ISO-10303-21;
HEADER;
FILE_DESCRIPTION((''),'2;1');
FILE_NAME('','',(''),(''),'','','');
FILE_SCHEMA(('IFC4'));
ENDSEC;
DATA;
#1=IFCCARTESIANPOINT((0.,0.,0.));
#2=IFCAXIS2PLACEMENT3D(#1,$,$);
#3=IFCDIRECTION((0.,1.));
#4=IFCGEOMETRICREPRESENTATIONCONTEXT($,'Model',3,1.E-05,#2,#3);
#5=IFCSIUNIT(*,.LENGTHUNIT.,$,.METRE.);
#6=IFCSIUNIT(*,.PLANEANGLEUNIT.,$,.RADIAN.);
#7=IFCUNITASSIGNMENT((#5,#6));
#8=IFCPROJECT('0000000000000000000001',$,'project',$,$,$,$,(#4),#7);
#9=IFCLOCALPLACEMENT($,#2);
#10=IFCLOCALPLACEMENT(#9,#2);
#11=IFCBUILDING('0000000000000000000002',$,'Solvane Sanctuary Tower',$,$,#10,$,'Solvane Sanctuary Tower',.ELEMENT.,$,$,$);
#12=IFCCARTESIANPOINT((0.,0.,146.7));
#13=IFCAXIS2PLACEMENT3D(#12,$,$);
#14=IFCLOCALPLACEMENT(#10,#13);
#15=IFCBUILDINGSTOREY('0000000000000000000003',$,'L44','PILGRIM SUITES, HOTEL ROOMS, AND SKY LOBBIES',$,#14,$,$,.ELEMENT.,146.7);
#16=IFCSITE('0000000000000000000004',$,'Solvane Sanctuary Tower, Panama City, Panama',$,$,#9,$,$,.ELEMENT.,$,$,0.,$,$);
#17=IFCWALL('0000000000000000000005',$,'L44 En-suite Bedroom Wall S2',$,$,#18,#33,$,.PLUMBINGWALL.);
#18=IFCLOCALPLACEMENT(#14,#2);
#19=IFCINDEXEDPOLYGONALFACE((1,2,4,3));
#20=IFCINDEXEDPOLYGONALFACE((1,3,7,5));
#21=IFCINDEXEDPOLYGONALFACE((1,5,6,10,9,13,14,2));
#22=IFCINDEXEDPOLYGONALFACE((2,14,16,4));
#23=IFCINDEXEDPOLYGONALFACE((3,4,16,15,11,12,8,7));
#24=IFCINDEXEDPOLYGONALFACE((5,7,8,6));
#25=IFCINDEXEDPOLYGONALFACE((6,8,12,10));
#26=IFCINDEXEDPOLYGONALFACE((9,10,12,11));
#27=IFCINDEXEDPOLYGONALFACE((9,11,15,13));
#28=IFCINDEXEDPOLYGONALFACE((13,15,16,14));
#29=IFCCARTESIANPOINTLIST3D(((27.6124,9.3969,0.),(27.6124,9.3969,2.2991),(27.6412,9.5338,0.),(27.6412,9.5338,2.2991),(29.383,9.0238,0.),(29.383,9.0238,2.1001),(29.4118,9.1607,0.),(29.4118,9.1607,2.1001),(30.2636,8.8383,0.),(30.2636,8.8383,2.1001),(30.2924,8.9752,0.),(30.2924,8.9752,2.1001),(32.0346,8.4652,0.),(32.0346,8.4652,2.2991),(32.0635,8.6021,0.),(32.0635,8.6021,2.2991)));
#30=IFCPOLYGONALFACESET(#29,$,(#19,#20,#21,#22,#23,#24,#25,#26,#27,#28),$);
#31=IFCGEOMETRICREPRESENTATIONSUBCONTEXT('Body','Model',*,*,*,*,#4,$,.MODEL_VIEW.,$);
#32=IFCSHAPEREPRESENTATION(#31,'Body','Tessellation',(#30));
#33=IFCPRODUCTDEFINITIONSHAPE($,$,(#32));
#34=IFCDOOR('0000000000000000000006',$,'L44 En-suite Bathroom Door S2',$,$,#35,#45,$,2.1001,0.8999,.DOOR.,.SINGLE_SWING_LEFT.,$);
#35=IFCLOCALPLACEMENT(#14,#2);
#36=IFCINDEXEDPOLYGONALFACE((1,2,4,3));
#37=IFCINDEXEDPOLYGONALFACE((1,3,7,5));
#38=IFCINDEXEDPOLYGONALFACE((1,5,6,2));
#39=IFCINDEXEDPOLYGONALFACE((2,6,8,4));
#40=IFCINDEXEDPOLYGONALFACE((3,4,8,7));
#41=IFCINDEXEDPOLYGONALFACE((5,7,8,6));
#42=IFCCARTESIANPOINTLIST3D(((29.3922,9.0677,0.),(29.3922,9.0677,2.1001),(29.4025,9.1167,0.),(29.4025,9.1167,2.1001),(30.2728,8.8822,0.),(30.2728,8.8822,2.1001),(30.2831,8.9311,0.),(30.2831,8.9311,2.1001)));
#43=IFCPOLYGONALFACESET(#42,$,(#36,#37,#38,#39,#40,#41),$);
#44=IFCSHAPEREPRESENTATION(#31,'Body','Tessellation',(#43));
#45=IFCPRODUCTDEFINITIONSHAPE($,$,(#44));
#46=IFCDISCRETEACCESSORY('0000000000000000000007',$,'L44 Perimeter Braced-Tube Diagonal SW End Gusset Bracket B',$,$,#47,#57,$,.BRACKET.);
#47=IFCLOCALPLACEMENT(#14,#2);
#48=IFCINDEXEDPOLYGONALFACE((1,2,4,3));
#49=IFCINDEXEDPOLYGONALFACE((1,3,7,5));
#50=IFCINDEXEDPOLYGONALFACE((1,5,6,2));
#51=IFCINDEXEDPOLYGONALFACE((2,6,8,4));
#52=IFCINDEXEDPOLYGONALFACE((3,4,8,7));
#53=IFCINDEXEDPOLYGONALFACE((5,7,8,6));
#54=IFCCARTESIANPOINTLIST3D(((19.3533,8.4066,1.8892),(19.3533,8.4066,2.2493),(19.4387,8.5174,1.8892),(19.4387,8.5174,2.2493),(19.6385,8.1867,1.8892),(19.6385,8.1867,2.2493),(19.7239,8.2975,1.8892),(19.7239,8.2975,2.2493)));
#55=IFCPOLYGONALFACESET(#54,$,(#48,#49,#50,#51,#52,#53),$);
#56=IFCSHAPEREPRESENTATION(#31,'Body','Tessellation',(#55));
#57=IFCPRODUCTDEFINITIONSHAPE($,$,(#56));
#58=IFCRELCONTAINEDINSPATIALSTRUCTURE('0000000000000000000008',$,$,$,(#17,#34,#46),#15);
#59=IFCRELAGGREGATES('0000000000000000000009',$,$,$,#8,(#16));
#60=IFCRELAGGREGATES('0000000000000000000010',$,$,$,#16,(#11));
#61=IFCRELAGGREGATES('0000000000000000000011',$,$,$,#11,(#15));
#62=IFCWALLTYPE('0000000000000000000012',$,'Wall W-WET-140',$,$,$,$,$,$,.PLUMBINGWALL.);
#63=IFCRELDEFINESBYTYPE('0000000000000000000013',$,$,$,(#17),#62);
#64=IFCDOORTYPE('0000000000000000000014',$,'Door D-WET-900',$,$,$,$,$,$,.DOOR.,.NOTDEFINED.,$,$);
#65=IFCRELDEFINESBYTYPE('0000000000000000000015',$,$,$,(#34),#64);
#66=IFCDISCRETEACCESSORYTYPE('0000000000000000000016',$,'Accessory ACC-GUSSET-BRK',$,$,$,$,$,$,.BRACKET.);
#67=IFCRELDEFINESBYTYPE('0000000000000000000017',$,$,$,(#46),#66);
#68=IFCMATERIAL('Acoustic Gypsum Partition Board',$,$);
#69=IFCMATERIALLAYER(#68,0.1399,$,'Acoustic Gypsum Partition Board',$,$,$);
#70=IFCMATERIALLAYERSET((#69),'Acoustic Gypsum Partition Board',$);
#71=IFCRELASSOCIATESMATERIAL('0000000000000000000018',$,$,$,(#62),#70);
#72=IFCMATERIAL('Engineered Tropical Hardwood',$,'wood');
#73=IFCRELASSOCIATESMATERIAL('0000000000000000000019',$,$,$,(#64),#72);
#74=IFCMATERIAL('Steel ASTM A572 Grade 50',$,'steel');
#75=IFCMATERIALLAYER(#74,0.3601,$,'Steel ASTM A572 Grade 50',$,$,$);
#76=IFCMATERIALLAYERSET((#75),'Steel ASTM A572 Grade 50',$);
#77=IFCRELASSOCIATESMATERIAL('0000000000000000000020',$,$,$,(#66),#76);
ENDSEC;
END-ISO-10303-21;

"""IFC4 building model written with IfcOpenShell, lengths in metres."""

from ifc_helpers import new_model, si_unit, direction, frame, frame_2d, origin, origin_2d, place, context, subcontext, project, spatial, rectangle, extrude, material, layer, layer_set, type_object, element, fill, save


model = new_model("IFC4")

# Units and contexts
model_context = context("Model", 3, precision=1e-05, world=origin(), true_north=direction((0.0, 1.0)))
body_context = subcontext(model_context, "Body", "Model", "MODEL_VIEW")
ifc_project = project(units=[si_unit("LENGTHUNIT", "METRE"), si_unit("PLANEANGLEUNIT", "RADIAN")], contexts=[model_context])

# Site, building, storey
site_placement = place(None, origin())
site = spatial("IfcSite", under=ifc_project, at=site_placement, Name="Solvane Sanctuary Tower, Panama City, Panama", CompositionType="ELEMENT", RefElevation=0.0)
building_placement = place(site_placement, origin())
building = spatial("IfcBuilding", under=site, at=building_placement, Name="Solvane Sanctuary Tower", LongName="Solvane Sanctuary Tower", CompositionType="ELEMENT")
storey_placement = place(building_placement, frame((0.0, 0.0, 146.7)))
storey = spatial("IfcBuildingStorey", under=building, at=storey_placement, Name="L44", Description="PILGRIM SUITES, HOTEL ROOMS, AND SKY LOBBIES", CompositionType="ELEMENT", Elevation=146.7)

# Shared definitions
ifc_material_1 = material(Name="Acoustic Gypsum Partition Board")

# Shared definitions
ifc_material_2 = material(Name="Engineered Tropical Hardwood", Category="wood")

# Wall, opening, door
ifc_layer_1 = layer(ifc_material_1, 0.1399, Name="Acoustic Gypsum Partition Board")
ifc_layer_set_1 = layer_set([ifc_layer_1], Name="Acoustic Gypsum Partition Board")
wall_type_1 = type_object("IfcWallType", Name="Wall W-WET-140", PredefinedType="PLUMBINGWALL", material=ifc_layer_set_1)
wall_1_placement = place(storey_placement, frame((27.6267, 9.4653, 0.0), z_axis=(0.0, 0.0, 1.0), x_axis=(0.97852, -0.206152, 0.0)))
wall_1 = element("IfcWall", 1, at=wall_1_placement, inside=storey, type_object=wall_type_1, Name="L44 En-suite Bedroom Wall S2", PredefinedType="PLUMBINGWALL", context=body_context, shape_type="SweptSolid", body=[
    extrude(rectangle(XDim=4.5193, YDim=0.1399, at=frame_2d((2.2598, 0.0))), origin(), (0.0, 0.0, 1.0), 2.2991),
])
opening_1_placement = place(wall_1_placement, frame((1.8096, 0.0, 0.0)))
opening_1 = element("IfcOpeningElement", 2, at=opening_1_placement, cuts=wall_1, PredefinedType="OPENING", context=body_context, shape_type="SweptSolid", body=[
    extrude(rectangle(XDim=0.8999, YDim=2.1001, at=frame_2d((0.45, 1.05))), frame((0.0, 0.0798, 0.0), z_axis=(0.0, -1.0, 0.0), x_axis=(1.0, 0.0, 0.0)), (0.0, 0.0, 1.0), 0.1599),
])
door_type_1 = type_object("IfcDoorType", Name="Door D-WET-900", OperationType="NOTDEFINED", PredefinedType="DOOR", material=ifc_material_2)
door_1_placement = place(opening_1_placement, origin())
door_1 = element("IfcDoor", 3, at=door_1_placement, inside=storey, type_object=door_type_1, Name="L44 En-suite Bathroom Door S2", OperationType="SINGLE_SWING_LEFT", OverallHeight=2.1001, OverallWidth=0.8999, PredefinedType="DOOR", context=body_context, shape_type="SweptSolid", body=[
    extrude(rectangle(XDim=0.8999, YDim=2.1001, at=frame_2d((0.45, 1.05))), frame((0.0, 0.0249, 0.0), z_axis=(0.0, -1.0, 0.0), x_axis=(1.0, 0.0, 0.0)), (0.0, 0.0, 1.0), 0.05),
])
fill(opening_1, door_1)

# Discrete accessory
ifc_material_3 = material(Name="Steel ASTM A572 Grade 50", Category="steel")
ifc_layer_2 = layer(ifc_material_3, 0.3601, Name="Steel ASTM A572 Grade 50")
ifc_layer_set_2 = layer_set([ifc_layer_2], Name="Steel ASTM A572 Grade 50")
discrete_accessory_type = type_object("IfcDiscreteAccessoryType", Name="Accessory ACC-GUSSET-BRK", PredefinedType="BRACKET", material=ifc_layer_set_2)
discrete_accessory_placement = place(storey_placement, frame((19.5386, 8.3521, 1.8892), z_axis=(0.0, 0.0, 1.0), x_axis=(0.792077, -0.610422, 0.0)))
element("IfcDiscreteAccessory", 4, at=discrete_accessory_placement, inside=storey, type_object=discrete_accessory_type, Name="L44 Perimeter Braced-Tube Diagonal SW End Gusset Bracket B", PredefinedType="BRACKET", context=body_context, shape_type="SweptSolid", body=[
    extrude(rectangle(XDim=0.3601, YDim=0.1399, at=origin_2d()), origin(), (0.0, 0.0, 1.0), 0.3601),
])

save(model, "model.ifc")
